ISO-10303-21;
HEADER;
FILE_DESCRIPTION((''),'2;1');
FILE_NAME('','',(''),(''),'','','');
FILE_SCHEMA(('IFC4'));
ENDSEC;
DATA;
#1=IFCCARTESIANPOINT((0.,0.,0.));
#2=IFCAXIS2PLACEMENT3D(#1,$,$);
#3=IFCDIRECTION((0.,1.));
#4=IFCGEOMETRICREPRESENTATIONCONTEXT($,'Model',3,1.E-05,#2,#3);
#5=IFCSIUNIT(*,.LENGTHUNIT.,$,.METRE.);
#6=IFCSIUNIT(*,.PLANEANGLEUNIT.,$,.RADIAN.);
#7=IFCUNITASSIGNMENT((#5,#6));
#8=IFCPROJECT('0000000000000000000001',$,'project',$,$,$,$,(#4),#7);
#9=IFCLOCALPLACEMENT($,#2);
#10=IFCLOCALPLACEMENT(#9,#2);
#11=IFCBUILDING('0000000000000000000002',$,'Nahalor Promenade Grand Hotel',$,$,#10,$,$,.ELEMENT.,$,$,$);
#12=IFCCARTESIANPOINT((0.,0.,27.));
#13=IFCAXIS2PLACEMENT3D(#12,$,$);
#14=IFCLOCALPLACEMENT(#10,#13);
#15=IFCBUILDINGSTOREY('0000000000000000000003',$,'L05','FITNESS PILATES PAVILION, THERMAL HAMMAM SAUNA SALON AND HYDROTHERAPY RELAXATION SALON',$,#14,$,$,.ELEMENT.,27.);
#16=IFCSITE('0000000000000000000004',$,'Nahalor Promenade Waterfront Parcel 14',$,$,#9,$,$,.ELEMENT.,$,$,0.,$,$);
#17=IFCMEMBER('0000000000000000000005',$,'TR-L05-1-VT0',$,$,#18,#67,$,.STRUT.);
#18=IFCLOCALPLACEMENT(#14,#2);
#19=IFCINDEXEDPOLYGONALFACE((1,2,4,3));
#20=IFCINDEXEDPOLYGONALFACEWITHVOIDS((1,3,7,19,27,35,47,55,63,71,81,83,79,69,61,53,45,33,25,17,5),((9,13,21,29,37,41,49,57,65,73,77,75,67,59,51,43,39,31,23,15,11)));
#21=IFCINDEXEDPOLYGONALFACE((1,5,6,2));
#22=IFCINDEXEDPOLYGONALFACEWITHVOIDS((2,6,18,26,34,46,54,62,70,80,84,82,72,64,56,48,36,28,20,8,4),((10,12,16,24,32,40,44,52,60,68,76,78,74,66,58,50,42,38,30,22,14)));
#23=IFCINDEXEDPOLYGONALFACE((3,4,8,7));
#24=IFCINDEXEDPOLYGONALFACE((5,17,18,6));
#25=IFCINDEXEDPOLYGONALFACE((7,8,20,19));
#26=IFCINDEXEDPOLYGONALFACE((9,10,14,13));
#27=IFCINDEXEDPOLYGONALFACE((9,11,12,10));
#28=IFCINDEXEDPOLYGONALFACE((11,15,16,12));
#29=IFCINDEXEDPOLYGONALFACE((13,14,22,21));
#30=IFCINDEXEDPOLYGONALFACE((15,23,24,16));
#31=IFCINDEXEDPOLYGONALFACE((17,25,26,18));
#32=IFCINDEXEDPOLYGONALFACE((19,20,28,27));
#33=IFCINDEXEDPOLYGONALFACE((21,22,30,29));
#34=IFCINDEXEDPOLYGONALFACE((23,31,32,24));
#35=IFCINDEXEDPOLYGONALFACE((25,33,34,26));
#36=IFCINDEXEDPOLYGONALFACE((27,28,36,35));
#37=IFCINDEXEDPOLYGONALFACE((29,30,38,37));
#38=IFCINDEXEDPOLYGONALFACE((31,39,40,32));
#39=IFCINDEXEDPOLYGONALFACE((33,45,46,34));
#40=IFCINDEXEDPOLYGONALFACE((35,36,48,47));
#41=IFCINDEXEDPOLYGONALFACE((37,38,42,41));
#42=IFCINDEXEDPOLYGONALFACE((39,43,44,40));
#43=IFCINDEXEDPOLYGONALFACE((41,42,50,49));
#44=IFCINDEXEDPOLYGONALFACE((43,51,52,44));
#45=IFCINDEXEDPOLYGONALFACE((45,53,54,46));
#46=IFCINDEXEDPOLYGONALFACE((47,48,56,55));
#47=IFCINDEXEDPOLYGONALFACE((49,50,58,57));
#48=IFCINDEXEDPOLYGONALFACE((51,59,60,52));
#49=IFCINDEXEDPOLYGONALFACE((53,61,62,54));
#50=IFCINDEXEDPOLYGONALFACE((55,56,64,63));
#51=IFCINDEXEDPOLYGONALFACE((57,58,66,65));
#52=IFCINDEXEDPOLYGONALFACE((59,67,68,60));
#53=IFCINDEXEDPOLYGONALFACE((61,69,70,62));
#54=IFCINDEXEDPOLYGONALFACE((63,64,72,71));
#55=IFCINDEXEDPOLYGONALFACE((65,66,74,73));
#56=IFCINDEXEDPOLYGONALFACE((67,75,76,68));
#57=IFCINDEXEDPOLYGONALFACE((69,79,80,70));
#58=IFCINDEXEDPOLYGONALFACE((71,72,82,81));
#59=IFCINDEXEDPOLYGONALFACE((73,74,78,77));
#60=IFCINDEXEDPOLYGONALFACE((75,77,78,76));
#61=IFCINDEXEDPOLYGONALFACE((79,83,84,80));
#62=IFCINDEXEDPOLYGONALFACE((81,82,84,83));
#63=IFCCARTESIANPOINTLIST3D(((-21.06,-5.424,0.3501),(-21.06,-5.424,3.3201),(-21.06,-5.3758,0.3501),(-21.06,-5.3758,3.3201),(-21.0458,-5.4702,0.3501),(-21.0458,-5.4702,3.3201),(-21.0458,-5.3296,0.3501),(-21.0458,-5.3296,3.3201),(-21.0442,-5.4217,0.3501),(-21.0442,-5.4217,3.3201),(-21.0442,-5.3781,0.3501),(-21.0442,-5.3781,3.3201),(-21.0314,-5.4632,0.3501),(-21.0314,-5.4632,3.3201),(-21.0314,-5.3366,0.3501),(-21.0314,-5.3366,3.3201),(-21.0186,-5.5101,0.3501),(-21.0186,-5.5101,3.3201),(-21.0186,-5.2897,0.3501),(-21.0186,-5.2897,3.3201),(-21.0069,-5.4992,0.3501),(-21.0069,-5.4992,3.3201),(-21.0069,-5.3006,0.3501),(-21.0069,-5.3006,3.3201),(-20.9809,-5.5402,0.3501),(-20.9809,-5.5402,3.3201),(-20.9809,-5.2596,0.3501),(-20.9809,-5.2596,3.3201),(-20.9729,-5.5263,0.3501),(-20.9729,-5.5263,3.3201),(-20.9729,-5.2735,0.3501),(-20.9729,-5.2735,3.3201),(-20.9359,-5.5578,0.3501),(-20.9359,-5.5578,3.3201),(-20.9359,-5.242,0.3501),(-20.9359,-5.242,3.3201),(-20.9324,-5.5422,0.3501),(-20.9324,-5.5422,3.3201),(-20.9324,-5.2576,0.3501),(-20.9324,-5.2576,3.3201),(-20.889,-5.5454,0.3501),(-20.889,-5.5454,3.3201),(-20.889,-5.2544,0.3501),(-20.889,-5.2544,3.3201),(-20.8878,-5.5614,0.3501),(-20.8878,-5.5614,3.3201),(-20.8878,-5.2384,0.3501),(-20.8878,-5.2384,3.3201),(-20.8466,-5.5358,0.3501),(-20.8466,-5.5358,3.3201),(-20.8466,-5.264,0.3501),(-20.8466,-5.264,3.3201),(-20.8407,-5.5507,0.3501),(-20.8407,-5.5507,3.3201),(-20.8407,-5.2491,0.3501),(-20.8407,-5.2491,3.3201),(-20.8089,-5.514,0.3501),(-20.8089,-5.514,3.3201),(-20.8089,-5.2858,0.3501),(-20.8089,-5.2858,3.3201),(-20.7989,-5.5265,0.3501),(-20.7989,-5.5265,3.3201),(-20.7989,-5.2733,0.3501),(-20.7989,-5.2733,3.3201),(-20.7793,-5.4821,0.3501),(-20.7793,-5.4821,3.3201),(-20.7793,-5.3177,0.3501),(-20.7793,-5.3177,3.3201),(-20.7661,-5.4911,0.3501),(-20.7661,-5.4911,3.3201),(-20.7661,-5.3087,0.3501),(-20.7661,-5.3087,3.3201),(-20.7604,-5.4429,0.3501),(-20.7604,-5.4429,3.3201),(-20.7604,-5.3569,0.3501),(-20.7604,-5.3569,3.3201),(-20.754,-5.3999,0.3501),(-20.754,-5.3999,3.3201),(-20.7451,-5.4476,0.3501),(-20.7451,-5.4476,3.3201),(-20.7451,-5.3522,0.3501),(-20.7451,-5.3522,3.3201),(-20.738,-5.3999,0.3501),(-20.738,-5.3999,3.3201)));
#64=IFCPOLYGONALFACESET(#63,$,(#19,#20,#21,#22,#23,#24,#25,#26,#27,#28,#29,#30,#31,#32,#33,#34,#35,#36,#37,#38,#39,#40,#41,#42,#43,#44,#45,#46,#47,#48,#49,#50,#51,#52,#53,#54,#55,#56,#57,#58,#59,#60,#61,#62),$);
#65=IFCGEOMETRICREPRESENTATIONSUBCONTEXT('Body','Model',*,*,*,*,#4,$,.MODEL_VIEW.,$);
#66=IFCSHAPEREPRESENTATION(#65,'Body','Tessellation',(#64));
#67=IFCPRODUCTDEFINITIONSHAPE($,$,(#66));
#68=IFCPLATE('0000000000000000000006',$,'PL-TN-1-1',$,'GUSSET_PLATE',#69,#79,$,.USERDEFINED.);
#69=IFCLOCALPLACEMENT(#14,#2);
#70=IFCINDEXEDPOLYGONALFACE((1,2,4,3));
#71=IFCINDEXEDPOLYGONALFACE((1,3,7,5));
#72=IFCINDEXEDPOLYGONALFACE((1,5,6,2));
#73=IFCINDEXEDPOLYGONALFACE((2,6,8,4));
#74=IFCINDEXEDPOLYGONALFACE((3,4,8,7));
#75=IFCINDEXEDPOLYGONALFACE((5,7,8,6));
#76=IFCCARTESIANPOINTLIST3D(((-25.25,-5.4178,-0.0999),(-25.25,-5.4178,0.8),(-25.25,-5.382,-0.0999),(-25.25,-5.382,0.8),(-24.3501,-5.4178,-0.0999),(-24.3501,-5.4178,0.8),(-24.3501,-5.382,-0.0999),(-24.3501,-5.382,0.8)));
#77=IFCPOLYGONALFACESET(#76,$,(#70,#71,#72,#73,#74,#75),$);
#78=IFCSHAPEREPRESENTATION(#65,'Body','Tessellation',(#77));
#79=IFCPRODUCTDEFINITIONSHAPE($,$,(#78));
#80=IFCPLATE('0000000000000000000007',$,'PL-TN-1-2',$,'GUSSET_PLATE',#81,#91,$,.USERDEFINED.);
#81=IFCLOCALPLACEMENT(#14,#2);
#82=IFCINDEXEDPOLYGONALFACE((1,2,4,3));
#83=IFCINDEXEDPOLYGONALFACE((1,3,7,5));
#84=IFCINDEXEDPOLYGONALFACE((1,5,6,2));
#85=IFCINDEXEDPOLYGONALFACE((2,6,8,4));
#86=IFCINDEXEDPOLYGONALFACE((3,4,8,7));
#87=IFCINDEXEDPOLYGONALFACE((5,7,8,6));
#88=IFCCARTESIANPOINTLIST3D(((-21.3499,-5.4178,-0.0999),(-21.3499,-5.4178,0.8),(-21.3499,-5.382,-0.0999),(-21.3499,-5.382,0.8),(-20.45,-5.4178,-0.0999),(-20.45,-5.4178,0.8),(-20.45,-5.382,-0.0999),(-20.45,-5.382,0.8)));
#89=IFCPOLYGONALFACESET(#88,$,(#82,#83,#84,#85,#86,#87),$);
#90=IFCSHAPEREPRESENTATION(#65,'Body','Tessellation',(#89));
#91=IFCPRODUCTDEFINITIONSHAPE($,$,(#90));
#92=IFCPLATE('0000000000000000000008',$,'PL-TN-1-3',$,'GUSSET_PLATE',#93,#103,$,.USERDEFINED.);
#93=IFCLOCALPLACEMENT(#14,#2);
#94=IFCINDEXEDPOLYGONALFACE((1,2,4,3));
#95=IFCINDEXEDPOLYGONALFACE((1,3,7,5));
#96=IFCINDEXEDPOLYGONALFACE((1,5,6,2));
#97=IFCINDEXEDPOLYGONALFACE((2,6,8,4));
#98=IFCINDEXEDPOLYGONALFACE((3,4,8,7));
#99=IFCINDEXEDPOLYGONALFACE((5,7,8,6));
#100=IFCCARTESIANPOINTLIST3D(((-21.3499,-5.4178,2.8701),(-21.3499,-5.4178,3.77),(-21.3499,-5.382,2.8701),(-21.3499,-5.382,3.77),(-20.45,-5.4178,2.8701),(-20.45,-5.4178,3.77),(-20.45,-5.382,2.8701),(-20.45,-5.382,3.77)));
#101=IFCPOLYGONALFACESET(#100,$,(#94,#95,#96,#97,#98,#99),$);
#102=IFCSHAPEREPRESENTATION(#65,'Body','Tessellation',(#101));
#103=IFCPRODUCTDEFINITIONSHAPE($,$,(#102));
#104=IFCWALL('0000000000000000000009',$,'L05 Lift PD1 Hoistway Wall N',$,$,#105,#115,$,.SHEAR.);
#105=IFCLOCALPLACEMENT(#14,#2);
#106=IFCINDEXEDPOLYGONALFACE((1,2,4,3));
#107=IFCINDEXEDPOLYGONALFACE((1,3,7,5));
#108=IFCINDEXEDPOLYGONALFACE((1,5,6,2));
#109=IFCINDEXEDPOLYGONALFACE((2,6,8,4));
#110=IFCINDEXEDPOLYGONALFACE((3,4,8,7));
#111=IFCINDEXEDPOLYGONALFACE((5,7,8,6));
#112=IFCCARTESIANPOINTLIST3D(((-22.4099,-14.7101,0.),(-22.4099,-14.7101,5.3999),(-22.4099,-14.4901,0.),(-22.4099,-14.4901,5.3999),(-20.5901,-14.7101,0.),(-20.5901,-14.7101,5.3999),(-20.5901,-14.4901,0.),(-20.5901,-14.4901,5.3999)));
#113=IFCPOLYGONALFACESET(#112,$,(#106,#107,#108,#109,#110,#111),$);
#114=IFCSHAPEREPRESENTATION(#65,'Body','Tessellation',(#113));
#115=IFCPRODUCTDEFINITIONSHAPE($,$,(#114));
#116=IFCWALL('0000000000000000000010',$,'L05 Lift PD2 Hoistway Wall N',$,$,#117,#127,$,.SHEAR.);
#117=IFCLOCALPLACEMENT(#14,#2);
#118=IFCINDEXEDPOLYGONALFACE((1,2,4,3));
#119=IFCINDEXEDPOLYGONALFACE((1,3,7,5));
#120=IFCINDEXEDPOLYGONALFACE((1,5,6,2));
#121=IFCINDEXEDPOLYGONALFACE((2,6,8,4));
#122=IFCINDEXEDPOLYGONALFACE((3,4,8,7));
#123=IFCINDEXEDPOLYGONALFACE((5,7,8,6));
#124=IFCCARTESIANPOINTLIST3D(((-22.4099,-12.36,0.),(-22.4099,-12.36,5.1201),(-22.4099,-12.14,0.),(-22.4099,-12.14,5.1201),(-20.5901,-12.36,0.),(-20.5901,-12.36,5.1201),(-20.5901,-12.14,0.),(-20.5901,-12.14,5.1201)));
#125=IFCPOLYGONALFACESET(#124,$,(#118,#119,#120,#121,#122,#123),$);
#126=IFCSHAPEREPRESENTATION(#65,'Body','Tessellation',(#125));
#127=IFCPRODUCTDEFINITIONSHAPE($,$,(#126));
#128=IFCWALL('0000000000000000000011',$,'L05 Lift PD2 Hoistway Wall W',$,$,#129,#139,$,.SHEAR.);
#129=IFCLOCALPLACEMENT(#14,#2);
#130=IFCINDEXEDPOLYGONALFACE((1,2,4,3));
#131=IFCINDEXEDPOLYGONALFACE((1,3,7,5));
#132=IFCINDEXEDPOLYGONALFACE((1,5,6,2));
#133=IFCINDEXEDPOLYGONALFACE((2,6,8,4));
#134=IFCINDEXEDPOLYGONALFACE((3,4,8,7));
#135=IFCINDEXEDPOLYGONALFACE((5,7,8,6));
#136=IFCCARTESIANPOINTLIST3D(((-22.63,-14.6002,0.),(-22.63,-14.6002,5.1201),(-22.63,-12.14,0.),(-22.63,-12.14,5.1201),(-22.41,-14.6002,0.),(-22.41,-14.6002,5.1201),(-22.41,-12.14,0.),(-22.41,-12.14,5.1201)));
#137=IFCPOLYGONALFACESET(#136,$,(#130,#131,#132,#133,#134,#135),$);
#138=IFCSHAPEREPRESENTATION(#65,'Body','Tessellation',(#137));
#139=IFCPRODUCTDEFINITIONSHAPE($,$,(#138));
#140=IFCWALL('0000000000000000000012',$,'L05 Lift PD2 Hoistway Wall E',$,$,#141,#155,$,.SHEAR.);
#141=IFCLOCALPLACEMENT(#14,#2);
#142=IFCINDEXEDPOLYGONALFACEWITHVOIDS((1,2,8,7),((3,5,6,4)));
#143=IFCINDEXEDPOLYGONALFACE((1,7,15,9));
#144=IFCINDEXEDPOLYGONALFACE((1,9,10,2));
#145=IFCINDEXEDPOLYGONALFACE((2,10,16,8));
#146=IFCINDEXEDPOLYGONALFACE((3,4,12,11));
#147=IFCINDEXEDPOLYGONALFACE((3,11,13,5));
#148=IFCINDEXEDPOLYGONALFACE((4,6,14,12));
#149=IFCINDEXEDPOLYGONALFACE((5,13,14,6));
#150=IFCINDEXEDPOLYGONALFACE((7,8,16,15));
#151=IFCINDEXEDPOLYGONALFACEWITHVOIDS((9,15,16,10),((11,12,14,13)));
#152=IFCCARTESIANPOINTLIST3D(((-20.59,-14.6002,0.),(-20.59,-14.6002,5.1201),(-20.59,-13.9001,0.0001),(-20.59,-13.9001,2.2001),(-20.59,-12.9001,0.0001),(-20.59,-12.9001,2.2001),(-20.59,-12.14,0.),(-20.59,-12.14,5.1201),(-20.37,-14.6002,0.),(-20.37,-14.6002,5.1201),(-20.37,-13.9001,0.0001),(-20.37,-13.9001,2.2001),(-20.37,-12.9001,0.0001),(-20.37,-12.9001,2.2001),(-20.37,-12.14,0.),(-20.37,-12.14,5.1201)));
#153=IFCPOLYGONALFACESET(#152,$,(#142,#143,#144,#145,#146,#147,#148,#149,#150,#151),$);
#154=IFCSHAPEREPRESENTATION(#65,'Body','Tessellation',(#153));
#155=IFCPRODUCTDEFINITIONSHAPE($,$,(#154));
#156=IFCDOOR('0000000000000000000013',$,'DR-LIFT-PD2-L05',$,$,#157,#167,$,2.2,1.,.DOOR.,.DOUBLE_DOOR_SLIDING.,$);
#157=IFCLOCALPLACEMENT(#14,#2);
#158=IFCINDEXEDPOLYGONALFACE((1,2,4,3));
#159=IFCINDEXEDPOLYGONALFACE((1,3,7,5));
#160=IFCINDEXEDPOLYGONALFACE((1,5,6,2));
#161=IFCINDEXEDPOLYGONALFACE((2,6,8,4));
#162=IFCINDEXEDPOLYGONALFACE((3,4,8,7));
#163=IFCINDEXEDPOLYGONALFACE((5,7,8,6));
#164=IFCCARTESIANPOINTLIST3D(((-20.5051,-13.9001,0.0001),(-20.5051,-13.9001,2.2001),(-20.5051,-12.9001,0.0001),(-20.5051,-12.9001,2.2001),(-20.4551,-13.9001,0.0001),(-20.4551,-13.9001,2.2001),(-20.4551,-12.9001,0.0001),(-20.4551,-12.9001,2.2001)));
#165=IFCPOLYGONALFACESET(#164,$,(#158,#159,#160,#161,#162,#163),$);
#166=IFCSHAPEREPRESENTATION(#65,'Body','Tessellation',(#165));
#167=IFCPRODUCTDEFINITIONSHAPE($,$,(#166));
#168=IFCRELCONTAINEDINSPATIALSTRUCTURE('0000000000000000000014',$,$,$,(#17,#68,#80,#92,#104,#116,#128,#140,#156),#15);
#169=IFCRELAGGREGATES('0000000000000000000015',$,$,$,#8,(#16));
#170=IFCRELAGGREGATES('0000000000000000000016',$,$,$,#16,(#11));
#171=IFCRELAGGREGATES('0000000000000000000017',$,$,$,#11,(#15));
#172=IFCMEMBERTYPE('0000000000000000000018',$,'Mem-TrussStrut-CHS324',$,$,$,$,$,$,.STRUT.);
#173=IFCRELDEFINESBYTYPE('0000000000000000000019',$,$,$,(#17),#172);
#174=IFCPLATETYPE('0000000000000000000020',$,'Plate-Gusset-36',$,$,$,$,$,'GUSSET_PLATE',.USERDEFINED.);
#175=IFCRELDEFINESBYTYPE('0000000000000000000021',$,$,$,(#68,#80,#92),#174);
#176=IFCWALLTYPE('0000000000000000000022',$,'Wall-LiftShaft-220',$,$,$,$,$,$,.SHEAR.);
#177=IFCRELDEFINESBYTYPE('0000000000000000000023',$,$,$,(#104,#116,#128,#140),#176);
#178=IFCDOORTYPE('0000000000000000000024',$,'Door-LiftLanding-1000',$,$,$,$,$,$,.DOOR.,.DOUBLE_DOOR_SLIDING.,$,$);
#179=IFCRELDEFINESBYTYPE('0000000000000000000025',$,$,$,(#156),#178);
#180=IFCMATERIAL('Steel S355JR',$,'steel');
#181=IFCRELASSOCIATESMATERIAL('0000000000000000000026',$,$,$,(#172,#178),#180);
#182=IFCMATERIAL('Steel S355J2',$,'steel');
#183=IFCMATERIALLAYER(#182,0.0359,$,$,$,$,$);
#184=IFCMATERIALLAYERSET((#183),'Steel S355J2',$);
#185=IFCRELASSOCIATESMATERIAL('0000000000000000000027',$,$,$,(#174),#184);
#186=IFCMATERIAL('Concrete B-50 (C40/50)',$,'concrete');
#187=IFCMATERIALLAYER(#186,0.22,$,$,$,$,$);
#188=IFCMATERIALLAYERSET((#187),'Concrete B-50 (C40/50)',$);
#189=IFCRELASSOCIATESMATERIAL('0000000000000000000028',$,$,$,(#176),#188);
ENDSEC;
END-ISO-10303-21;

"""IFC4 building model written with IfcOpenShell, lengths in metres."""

from ifc_helpers import new_model, si_unit, direction, frame, frame_2d, origin, origin_2d, place, context, subcontext, project, spatial, rectangle, hollow_circle, extrude, source, transform, mapped, material, layer, layer_set, material_profile, profile_set, type_object, element, fill, save


model = new_model("IFC4")

# Units and contexts
model_context = context("Model", 3, precision=1e-05, world=origin(), true_north=direction((0.0, 1.0)))
body_context = subcontext(model_context, "Body", "Model", "MODEL_VIEW")
ifc_project = project(units=[si_unit("LENGTHUNIT", "METRE"), si_unit("PLANEANGLEUNIT", "RADIAN")], contexts=[model_context])

# Site, building, storey
site_placement = place(None, origin())
site = spatial("IfcSite", under=ifc_project, at=site_placement, Name="Nahalor Promenade Waterfront Parcel 14", CompositionType="ELEMENT", RefElevation=0.0)
building_placement = place(site_placement, origin())
building = spatial("IfcBuilding", under=site, at=building_placement, Name="Nahalor Promenade Grand Hotel", CompositionType="ELEMENT")
storey_placement = place(building_placement, frame((0.0, 0.0, 27.0)))
storey = spatial("IfcBuildingStorey", under=building, at=storey_placement, Name="L05", Description="FITNESS PILATES PAVILION, THERMAL HAMMAM SAUNA SALON AND HYDROTHERAPY RELAXATION SALON", CompositionType="ELEMENT", Elevation=27.0)

# Shared definitions
ifc_material_1 = material(Name="Steel S355J2", Category="steel")

# Shared definitions
ifc_material_2 = material(Name="Steel S355JR", Category="steel")

# Member
ifc_material_profile_1 = material_profile(ifc_material_2, hollow_circle(Radius=0.162, WallThickness=0.016, at=origin_2d()), Name="CHS 323.9x16")
ifc_profile_set_1 = profile_set([ifc_material_profile_1], Name="Steel S355JR")
member_type_1 = type_object("IfcMemberType", Name="Mem-TrussStrut-CHS324", PredefinedType="STRUT", material=ifc_profile_set_1)
shared_shape_1 = source(origin(), body_context, "Body", "SweptSolid", [
    extrude(hollow_circle(Radius=0.162, WallThickness=0.016, at=origin_2d()), origin(), (0.0, 0.0, 1.0), 2.97),
])
member_1_placement = place(storey_placement, frame((-20.8999, -5.3999, 0.3501), z_axis=(0.0, 0.0, 1.0), x_axis=(1.0, 0.0, 0.0)))
element("IfcMember", 1, at=member_1_placement, inside=storey, type_object=member_type_1, Name="TR-L05-1-VT0", PredefinedType="STRUT", context=body_context, shape_type="MappedRepresentation", body=[
    mapped(shared_shape_1, transform((0.0, 0.0, 0.0), scale=1.0)),
])

# Plates
ifc_layer_1 = layer(ifc_material_1, 0.0359)
ifc_layer_set_1 = layer_set([ifc_layer_1], Name="Steel S355J2")
plate_type = type_object("IfcPlateType", Name="Plate-Gusset-36", ElementType="GUSSET_PLATE", PredefinedType="USERDEFINED", material=ifc_layer_set_1)
shared_shape_2 = source(origin(), body_context, "Body", "SweptSolid", [
    extrude(rectangle(XDim=0.8999, YDim=0.0359, at=origin_2d()), origin(), (0.0, 0.0, 1.0), 0.8999),
])
for number, where, z_axis, x_axis, name in (
    (2, (-24.8, -5.3999, -0.0999), (0.0, 0.0, 1.0), (1.0, 0.0, 0.0), "PL-TN-1-1"),
    (3, (-20.8999, -5.3999, -0.0999), (0.0, 0.0, 1.0), (1.0, 0.0, 0.0), "PL-TN-1-2"),
    (4, (-20.8999, -5.3999, 2.8701), (0.0, 0.0, 1.0), (1.0, 0.0, 0.0), "PL-TN-1-3"),
):
    element("IfcPlate", number, at=place(storey_placement, frame(where, z_axis=z_axis, x_axis=x_axis)), inside=storey, type_object=plate_type, Name=name, ObjectType="GUSSET_PLATE", PredefinedType="USERDEFINED", context=body_context, shape_type="MappedRepresentation", body=[
        mapped(shared_shape_2, transform((0.0, 0.0, 0.0), scale=1.0)),
    ])

# Walls
ifc_material_3 = material(Name="Concrete B-50 (C40/50)", Category="concrete")
ifc_layer_2 = layer(ifc_material_3, 0.22)
ifc_layer_set_2 = layer_set([ifc_layer_2], Name="Concrete B-50 (C40/50)")
wall_type_1 = type_object("IfcWallType", Name="Wall-LiftShaft-220", PredefinedType="SHEAR", material=ifc_layer_set_2)
shared_shape_3 = source(origin(), body_context, "Body", "SweptSolid", [
    extrude(rectangle(XDim=1.8198, YDim=0.22, at=frame_2d((0.9099, 0.0))), origin(), (0.0, 0.0, 1.0), 5.3999),
])
wall_1_placement = place(storey_placement, frame((-22.4099, -14.6001, 0.0), z_axis=(0.0, 0.0, 1.0), x_axis=(1.0, 0.0, 0.0)))
element("IfcWall", 5, at=wall_1_placement, inside=storey, type_object=wall_type_1, Name="L05 Lift PD1 Hoistway Wall N", PredefinedType="SHEAR", context=body_context, shape_type="MappedRepresentation", body=[
    mapped(shared_shape_3, transform((0.0, 0.0, 0.0), scale=1.0)),
])
shared_shape_4 = source(origin(), body_context, "Body", "SweptSolid", [
    extrude(rectangle(XDim=1.8198, YDim=0.22, at=frame_2d((0.9099, 0.0))), origin(), (0.0, 0.0, 1.0), 5.1201),
])
wall_2_placement = place(storey_placement, frame((-22.4099, -12.25, 0.0), z_axis=(0.0, 0.0, 1.0), x_axis=(1.0, 0.0, 0.0)))
element("IfcWall", 6, at=wall_2_placement, inside=storey, type_object=wall_type_1, Name="L05 Lift PD2 Hoistway Wall N", PredefinedType="SHEAR", context=body_context, shape_type="MappedRepresentation", body=[
    mapped(shared_shape_4, transform((0.0, 0.0, 0.0), scale=1.0)),
])
shared_shape_5 = source(origin(), body_context, "Body", "SweptSolid", [
    extrude(rectangle(XDim=2.4602, YDim=0.22, at=frame_2d((1.23, 0.0))), origin(), (0.0, 0.0, 1.0), 5.1201),
])
wall_3_placement = place(storey_placement, frame((-22.52, -14.6001, 0.0), z_axis=(0.0, 0.0, 1.0), x_axis=(0.0, 1.0, 0.0)))
element("IfcWall", 7, at=wall_3_placement, inside=storey, type_object=wall_type_1, Name="L05 Lift PD2 Hoistway Wall W", PredefinedType="SHEAR", context=body_context, shape_type="MappedRepresentation", body=[
    mapped(shared_shape_5, transform((0.0, 0.0, 0.0), scale=1.0)),
])

# Wall, opening, door
wall_4_placement = place(storey_placement, frame((-20.48, -14.6001, 0.0), z_axis=(0.0, 0.0, 1.0), x_axis=(0.0, 1.0, 0.0)))
wall_4 = element("IfcWall", 8, at=wall_4_placement, inside=storey, type_object=wall_type_1, Name="L05 Lift PD2 Hoistway Wall E", PredefinedType="SHEAR", context=body_context, shape_type="MappedRepresentation", body=[
    mapped(shared_shape_5, transform((0.0, 0.0, 0.0), scale=1.0)),
])
opening_1_placement = place(wall_4_placement, frame((0.7, 0.0, 0.0)))
opening_1 = element("IfcOpeningElement", 9, at=opening_1_placement, cuts=wall_4, PredefinedType="OPENING", context=body_context, shape_type="SweptSolid", body=[
    extrude(rectangle(XDim=1.0, YDim=2.2, at=frame_2d((0.5, 1.1001))), frame((0.0, 0.1199, 0.0), z_axis=(0.0, -1.0, 0.0), x_axis=(1.0, 0.0, 0.0)), (0.0, 0.0, 1.0), 0.24),
])
door_type_1 = type_object("IfcDoorType", Name="Door-LiftLanding-1000", OperationType="DOUBLE_DOOR_SLIDING", PredefinedType="DOOR", material=ifc_material_2)
shared_shape_6 = source(origin(), body_context, "Body", "SweptSolid", [
    extrude(rectangle(XDim=1.0, YDim=2.2, at=frame_2d((0.5, 1.1001))), frame((0.0, 0.0249, 0.0), z_axis=(0.0, -1.0, 0.0), x_axis=(1.0, 0.0, 0.0)), (0.0, 0.0, 1.0), 0.05),
])
door_1_placement = place(opening_1_placement, frame((1.0, 0.0, 0.0), z_axis=(0.0, 0.0, 1.0), x_axis=(-1.0, 0.0, 0.0)))
door_1 = element("IfcDoor", 10, at=door_1_placement, inside=storey, type_object=door_type_1, Name="DR-LIFT-PD2-L05", OperationType="DOUBLE_DOOR_SLIDING", OverallHeight=2.2, OverallWidth=1.0, PredefinedType="DOOR", context=body_context, shape_type="MappedRepresentation", body=[
    mapped(shared_shape_6, transform((0.0, 0.0, 0.0), scale=1.0)),
])
fill(opening_1, door_1)

save(model, "model.ifc")
